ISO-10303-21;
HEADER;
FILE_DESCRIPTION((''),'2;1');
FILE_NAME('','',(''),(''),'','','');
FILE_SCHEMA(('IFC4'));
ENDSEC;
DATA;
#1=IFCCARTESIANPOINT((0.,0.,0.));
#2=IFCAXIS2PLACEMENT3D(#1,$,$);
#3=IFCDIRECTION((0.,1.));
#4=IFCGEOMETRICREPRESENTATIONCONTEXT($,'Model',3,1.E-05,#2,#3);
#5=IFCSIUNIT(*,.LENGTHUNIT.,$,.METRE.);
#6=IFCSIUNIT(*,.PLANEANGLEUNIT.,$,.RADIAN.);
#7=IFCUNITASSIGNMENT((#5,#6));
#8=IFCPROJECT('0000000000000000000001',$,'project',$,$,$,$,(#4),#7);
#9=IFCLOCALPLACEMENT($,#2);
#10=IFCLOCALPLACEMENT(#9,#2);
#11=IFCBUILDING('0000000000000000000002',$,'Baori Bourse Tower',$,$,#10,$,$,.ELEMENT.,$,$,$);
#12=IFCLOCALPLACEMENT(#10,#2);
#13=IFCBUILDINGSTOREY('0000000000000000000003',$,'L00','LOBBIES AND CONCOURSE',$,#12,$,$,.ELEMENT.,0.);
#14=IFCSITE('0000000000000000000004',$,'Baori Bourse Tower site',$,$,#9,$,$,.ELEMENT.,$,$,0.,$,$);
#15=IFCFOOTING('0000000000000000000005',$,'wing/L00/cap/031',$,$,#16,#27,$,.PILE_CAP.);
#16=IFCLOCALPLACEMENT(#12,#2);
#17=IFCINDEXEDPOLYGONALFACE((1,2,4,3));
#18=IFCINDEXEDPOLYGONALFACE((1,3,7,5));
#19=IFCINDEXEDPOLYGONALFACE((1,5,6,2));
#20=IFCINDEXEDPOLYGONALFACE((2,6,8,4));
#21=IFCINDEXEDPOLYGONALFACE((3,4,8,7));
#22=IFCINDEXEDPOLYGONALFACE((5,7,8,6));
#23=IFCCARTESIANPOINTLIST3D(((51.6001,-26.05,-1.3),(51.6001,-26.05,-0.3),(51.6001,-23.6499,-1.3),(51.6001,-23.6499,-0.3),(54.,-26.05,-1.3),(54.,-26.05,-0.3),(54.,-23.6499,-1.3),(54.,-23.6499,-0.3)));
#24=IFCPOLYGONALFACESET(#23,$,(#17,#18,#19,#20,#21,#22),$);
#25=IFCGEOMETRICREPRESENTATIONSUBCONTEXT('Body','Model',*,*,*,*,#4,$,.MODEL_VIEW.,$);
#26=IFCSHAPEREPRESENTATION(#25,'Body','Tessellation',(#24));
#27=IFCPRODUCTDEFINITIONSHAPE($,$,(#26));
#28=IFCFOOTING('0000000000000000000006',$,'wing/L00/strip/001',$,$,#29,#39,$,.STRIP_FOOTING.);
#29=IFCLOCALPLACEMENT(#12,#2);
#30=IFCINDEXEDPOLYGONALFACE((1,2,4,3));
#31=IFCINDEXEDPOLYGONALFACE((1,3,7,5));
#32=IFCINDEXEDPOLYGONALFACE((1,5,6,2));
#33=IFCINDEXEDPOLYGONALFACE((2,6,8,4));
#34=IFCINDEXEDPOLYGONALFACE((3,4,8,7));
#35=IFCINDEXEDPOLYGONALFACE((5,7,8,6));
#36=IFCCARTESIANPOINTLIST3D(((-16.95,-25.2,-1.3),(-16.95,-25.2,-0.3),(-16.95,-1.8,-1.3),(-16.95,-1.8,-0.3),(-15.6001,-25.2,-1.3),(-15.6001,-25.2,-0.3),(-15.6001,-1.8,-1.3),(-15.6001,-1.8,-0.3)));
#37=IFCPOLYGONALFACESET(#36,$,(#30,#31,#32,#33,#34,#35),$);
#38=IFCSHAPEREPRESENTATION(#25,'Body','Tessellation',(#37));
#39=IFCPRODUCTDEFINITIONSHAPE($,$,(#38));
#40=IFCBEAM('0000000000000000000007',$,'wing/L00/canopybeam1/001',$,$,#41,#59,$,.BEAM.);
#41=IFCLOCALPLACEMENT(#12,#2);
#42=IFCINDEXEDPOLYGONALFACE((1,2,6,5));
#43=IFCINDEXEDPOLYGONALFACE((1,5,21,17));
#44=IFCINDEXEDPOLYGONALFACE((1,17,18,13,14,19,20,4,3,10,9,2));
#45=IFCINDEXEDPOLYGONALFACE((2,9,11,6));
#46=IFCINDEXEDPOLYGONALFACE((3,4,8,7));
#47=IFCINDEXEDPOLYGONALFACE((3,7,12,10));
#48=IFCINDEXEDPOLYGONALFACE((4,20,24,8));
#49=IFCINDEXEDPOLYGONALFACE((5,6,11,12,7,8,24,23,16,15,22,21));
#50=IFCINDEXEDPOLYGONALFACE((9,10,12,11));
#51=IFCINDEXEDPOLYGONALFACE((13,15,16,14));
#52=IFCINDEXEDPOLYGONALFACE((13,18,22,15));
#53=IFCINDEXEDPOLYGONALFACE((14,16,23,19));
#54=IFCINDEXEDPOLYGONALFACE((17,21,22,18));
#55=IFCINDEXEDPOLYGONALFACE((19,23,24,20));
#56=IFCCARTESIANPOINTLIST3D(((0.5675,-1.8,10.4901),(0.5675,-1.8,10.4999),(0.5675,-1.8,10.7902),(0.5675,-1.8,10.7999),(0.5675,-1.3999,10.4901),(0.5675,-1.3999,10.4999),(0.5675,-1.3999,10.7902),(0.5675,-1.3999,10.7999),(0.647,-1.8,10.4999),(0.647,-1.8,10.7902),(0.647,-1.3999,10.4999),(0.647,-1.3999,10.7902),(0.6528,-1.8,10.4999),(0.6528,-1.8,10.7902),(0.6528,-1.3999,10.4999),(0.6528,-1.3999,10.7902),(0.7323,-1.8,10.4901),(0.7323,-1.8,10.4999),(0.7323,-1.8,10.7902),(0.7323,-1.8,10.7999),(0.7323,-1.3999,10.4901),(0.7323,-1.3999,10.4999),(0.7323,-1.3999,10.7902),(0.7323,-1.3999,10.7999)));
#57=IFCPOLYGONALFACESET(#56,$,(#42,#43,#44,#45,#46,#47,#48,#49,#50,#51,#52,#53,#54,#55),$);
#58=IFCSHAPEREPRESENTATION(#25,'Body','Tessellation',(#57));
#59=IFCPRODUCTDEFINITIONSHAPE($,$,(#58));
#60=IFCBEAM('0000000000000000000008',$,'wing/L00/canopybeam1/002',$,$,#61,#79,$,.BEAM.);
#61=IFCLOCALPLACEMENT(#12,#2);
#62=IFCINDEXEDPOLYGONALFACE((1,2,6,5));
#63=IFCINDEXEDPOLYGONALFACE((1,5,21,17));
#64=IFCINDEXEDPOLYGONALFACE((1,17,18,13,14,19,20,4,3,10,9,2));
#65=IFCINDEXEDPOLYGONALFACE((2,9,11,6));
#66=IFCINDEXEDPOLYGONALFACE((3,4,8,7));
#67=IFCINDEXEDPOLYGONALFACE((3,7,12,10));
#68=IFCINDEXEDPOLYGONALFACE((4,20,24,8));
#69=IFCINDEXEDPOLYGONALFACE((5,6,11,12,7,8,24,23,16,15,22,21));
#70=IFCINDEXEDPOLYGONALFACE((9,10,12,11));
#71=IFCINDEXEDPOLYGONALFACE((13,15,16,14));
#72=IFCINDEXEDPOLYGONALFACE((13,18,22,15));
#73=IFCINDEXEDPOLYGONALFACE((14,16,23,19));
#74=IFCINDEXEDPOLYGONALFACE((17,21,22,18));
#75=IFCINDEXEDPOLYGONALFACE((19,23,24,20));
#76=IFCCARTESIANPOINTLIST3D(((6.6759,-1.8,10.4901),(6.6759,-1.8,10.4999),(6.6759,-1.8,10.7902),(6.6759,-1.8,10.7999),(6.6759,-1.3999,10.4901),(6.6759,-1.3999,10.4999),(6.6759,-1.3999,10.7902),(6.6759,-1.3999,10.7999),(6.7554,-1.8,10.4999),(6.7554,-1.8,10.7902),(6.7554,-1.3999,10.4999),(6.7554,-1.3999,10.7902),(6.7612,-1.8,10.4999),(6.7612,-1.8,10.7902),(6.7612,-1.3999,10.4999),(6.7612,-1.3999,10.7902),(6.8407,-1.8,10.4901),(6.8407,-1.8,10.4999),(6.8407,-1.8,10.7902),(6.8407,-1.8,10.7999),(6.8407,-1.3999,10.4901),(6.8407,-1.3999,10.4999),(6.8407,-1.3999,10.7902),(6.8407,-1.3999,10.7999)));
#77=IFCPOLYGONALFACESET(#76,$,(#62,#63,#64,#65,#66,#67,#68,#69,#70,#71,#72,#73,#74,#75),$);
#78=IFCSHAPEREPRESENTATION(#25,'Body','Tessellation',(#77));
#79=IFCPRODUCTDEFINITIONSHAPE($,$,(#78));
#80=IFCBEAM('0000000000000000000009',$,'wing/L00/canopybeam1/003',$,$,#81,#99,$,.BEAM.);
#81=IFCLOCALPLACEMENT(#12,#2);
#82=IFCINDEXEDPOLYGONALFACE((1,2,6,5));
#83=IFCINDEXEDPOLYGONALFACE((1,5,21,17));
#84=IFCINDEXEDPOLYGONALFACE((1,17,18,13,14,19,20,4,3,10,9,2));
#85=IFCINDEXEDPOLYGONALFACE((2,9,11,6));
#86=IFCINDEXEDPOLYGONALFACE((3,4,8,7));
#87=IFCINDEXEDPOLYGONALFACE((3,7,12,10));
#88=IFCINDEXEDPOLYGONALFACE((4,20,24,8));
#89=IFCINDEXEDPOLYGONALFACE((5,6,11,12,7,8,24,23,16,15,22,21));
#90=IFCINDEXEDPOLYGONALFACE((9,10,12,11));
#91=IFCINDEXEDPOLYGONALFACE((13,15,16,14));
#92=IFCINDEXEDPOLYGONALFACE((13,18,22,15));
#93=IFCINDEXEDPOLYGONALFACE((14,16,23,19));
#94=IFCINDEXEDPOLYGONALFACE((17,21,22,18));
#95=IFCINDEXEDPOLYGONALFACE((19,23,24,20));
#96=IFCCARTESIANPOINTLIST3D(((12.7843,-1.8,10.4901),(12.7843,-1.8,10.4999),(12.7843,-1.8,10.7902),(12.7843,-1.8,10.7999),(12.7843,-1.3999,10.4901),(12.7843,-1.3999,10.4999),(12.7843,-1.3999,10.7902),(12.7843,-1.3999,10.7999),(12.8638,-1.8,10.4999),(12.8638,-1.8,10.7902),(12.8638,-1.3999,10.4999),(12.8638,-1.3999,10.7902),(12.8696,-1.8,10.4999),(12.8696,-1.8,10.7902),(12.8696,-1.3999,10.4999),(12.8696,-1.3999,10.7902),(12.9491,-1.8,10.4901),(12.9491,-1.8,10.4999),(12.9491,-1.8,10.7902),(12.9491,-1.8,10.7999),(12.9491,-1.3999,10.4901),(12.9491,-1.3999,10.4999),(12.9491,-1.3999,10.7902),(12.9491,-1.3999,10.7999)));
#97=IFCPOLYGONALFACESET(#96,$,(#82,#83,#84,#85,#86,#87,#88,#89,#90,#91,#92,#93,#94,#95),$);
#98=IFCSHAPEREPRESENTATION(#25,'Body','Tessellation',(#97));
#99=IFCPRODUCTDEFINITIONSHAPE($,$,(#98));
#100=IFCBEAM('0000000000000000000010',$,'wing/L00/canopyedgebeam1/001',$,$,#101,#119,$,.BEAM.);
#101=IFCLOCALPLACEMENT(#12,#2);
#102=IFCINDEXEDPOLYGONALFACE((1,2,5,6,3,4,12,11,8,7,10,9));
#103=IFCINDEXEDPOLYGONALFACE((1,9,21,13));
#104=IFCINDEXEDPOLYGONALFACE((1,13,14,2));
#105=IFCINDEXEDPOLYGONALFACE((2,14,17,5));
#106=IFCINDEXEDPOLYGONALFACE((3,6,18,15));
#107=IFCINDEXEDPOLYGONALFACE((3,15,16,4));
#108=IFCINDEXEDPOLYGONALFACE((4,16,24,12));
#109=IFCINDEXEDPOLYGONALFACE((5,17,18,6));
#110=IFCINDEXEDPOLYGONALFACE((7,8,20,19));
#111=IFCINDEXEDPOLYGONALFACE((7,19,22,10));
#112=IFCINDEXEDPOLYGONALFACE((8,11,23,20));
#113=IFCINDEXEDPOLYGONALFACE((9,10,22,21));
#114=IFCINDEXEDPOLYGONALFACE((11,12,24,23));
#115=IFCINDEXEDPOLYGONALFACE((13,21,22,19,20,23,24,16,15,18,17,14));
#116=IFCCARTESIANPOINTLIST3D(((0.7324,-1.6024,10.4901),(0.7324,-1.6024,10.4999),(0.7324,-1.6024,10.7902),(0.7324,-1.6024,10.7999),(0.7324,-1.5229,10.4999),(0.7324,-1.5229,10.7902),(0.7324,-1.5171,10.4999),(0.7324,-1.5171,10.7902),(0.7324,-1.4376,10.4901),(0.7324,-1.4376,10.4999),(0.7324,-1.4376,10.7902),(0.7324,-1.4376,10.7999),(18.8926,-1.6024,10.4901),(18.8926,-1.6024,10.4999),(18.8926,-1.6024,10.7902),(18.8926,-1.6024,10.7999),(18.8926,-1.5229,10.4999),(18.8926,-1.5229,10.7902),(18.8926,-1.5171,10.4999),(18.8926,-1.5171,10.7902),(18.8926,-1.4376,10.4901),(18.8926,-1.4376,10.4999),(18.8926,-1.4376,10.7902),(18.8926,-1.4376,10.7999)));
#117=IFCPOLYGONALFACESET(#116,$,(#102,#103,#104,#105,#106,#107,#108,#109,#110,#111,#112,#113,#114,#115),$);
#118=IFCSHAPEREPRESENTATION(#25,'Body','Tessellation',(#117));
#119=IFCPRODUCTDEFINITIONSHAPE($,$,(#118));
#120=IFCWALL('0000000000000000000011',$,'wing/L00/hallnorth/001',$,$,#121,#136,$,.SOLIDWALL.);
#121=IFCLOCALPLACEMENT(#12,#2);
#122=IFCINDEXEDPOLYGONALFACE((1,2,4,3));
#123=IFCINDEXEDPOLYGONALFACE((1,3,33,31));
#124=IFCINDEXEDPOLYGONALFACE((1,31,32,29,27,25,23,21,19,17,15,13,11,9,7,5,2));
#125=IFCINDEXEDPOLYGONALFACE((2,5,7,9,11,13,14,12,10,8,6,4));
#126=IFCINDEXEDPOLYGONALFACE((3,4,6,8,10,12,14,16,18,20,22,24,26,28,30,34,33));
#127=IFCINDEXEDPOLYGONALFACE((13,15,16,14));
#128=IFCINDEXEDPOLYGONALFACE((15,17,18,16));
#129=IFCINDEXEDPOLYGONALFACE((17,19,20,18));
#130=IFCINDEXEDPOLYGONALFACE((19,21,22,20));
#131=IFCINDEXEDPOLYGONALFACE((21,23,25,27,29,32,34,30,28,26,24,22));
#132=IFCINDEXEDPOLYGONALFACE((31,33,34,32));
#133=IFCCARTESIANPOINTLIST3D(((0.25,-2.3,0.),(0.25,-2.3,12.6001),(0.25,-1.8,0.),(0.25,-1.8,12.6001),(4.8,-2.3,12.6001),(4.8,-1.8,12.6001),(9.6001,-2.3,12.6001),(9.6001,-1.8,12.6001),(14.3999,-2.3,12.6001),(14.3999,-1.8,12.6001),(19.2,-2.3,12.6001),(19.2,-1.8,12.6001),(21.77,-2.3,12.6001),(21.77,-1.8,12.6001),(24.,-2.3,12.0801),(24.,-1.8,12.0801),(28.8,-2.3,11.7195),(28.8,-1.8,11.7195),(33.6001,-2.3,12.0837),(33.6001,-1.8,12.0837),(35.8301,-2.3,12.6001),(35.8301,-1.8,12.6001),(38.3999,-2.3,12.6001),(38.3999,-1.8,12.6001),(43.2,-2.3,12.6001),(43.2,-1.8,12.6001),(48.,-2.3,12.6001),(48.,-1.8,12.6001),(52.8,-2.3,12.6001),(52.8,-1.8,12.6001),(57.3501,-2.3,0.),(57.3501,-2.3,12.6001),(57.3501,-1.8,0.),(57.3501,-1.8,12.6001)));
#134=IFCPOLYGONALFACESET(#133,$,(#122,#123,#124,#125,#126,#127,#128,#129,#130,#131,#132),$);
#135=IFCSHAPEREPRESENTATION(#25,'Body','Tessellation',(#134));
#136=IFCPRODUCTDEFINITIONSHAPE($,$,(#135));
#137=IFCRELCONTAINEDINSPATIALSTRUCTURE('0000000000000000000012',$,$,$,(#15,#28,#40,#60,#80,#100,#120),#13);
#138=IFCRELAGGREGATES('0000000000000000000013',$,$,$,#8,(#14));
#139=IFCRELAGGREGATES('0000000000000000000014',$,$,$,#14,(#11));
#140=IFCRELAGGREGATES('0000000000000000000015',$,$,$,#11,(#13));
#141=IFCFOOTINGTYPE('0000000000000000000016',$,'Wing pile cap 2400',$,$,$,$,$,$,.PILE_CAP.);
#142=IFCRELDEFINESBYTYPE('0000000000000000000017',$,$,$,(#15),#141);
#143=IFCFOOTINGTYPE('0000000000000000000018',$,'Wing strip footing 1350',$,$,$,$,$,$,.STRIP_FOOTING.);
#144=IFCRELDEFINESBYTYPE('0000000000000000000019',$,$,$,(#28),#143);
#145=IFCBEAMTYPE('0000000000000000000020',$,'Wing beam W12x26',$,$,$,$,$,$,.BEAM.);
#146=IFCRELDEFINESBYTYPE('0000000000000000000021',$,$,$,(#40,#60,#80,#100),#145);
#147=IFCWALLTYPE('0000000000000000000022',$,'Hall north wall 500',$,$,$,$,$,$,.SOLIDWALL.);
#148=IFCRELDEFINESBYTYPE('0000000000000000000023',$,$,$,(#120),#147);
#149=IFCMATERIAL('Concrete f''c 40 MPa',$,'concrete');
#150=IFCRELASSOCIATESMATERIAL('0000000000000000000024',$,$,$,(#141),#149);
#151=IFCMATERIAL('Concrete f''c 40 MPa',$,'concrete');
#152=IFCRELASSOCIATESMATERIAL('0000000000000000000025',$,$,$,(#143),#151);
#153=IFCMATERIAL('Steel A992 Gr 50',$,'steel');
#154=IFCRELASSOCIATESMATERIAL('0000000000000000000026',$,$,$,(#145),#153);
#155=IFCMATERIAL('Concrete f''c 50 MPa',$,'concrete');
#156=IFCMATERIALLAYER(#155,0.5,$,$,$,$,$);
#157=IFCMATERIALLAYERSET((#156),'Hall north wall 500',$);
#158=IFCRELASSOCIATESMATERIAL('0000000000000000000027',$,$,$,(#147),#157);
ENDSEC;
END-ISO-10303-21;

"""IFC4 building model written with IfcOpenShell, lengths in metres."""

from ifc_helpers import new_model, si_unit, direction, frame, origin, origin_2d, place, context, subcontext, project, spatial, polyline, i_section, outline, extrude, material, layer, layer_set, material_profile, profile_set, type_object, element, save


model = new_model("IFC4")

# Units and contexts
model_context = context("Model", 3, precision=1e-05, world=origin(), true_north=direction((0.0, 1.0)))
body_context = subcontext(model_context, "Body", "Model", "MODEL_VIEW")
ifc_project = project(units=[si_unit("LENGTHUNIT", "METRE"), si_unit("PLANEANGLEUNIT", "RADIAN")], contexts=[model_context])

# Site, building, storey
site_placement = place(None, origin())
site = spatial("IfcSite", under=ifc_project, at=site_placement, Name="Baori Bourse Tower site", CompositionType="ELEMENT", RefElevation=0.0)
building_placement = place(site_placement, origin())
building = spatial("IfcBuilding", under=site, at=building_placement, Name="Baori Bourse Tower", CompositionType="ELEMENT")
storey_placement = place(building_placement, origin())
storey = spatial("IfcBuildingStorey", under=building, at=storey_placement, Name="L00", Description="LOBBIES AND CONCOURSE", CompositionType="ELEMENT", Elevation=0.0)

# Footings
ifc_material_1 = material(Name="Concrete f'c 40 MPa", Category="concrete")
footing_type_1 = type_object("IfcFootingType", Name="Wing pile cap 2400", PredefinedType="PILE_CAP", material=ifc_material_1)
footing_1_placement = place(storey_placement, frame((0.0, 0.0, -1.3)))
element("IfcFooting", 1, at=footing_1_placement, inside=storey, type_object=footing_type_1, Name="wing/L00/cap/031", PredefinedType="PILE_CAP", context=body_context, shape_type="SweptSolid", body=[
    extrude(outline(polyline([(51.6001, -26.05), (54.0, -26.05), (54.0, -23.6499), (51.6001, -23.6499), (51.6001, -26.05)])), origin(), (0.0, 0.0, 1.0), 1.0),
])
ifc_material_2 = material(Name="Concrete f'c 40 MPa", Category="concrete")
footing_type_2 = type_object("IfcFootingType", Name="Wing strip footing 1350", PredefinedType="STRIP_FOOTING", material=ifc_material_2)
footing_2_placement = place(storey_placement, frame((0.0, 0.0, -1.3)))
element("IfcFooting", 2, at=footing_2_placement, inside=storey, type_object=footing_type_2, Name="wing/L00/strip/001", PredefinedType="STRIP_FOOTING", context=body_context, shape_type="SweptSolid", body=[
    extrude(outline(polyline([(-16.95, -25.2), (-15.6001, -25.2), (-15.6001, -1.8), (-16.95, -1.8), (-16.95, -25.2)])), origin(), (0.0, 0.0, 1.0), 1.0),
])

# Beams
ifc_material_3 = material(Name="Steel A992 Gr 50", Category="steel")
ifc_material_profile = material_profile(ifc_material_3, i_section(OverallWidth=0.1648, OverallDepth=0.3098, WebThickness=0.0059, FlangeThickness=0.0098, at=origin_2d()), Name="W12x26")
ifc_profile_set = profile_set([ifc_material_profile], Name="Steel A992 Gr 50")
beam_type = type_object("IfcBeamType", Name="Wing beam W12x26", PredefinedType="BEAM", material=ifc_profile_set)
for number, where, z_axis, x_axis, name in (
    (3, (0.6499, -1.8, 10.645), (0.0, 1.0, 0.0), (-1.0, 0.0, 0.0), "wing/L00/canopybeam1/001"),
    (4, (6.7583, -1.8, 10.645), (0.0, 1.0, 0.0), (-1.0, 0.0, 0.0), "wing/L00/canopybeam1/002"),
    (5, (12.8667, -1.8, 10.645), (0.0, 1.0, 0.0), (-1.0, 0.0, 0.0), "wing/L00/canopybeam1/003"),
):
    element("IfcBeam", number, at=place(storey_placement, frame(where, z_axis=z_axis, x_axis=x_axis)), inside=storey, type_object=beam_type, Name=name, PredefinedType="BEAM", context=body_context, shape_type="SweptSolid", body=[
        extrude(i_section(OverallWidth=0.1648, OverallDepth=0.3098, WebThickness=0.0059, FlangeThickness=0.0098, at=origin_2d()), origin(), (0.0, 0.0, 1.0), 0.4001),
    ])
beam_placement = place(storey_placement, frame((0.7324, -1.52, 10.645), z_axis=(1.0, 0.0, 0.0), x_axis=(0.0, 1.0, 0.0)))
element("IfcBeam", 6, at=beam_placement, inside=storey, type_object=beam_type, Name="wing/L00/canopyedgebeam1/001", PredefinedType="BEAM", context=body_context, shape_type="SweptSolid", body=[
    extrude(i_section(OverallWidth=0.1648, OverallDepth=0.3098, WebThickness=0.0059, FlangeThickness=0.0098, at=origin_2d()), origin(), (0.0, 0.0, 1.0), 18.1602),
])

# Wall
ifc_material_4 = material(Name="Concrete f'c 50 MPa", Category="concrete")
ifc_layer = layer(ifc_material_4, 0.5)
ifc_layer_set = layer_set([ifc_layer], Name="Hall north wall 500")
wall_type = type_object("IfcWallType", Name="Hall north wall 500", PredefinedType="SOLIDWALL", material=ifc_layer_set)
wall_placement = place(storey_placement, frame((0.25, -2.05, 0.0), z_axis=(0.0, 0.0, 1.0), x_axis=(1.0, 0.0, 0.0)))
element("IfcWall", 7, at=wall_placement, inside=storey, type_object=wall_type, Name="wing/L00/hallnorth/001", PredefinedType="SOLIDWALL", context=body_context, shape_type="SweptSolid", body=[
    extrude(outline(polyline([(0.0, 0.0), (57.1001, 0.0), (57.1001, 12.6001), (52.55, 12.6001), (47.75, 12.6001), (42.95, 12.6001), (38.1499, 12.6001), (35.5801, 12.6001), (33.3501, 12.0837), (28.55, 11.7195), (23.75, 12.0801), (21.52, 12.6001), (18.95, 12.6001), (14.1499, 12.6001), (9.3501, 12.6001), (4.55, 12.6001), (0.0, 12.6001), (0.0, 0.0)])), frame((0.0, 0.25, 0.0), z_axis=(0.0, -1.0, 0.0), x_axis=(1.0, 0.0, 0.0)), (0.0, 0.0, 1.0), 0.5),
])

save(model, "model.ifc")
